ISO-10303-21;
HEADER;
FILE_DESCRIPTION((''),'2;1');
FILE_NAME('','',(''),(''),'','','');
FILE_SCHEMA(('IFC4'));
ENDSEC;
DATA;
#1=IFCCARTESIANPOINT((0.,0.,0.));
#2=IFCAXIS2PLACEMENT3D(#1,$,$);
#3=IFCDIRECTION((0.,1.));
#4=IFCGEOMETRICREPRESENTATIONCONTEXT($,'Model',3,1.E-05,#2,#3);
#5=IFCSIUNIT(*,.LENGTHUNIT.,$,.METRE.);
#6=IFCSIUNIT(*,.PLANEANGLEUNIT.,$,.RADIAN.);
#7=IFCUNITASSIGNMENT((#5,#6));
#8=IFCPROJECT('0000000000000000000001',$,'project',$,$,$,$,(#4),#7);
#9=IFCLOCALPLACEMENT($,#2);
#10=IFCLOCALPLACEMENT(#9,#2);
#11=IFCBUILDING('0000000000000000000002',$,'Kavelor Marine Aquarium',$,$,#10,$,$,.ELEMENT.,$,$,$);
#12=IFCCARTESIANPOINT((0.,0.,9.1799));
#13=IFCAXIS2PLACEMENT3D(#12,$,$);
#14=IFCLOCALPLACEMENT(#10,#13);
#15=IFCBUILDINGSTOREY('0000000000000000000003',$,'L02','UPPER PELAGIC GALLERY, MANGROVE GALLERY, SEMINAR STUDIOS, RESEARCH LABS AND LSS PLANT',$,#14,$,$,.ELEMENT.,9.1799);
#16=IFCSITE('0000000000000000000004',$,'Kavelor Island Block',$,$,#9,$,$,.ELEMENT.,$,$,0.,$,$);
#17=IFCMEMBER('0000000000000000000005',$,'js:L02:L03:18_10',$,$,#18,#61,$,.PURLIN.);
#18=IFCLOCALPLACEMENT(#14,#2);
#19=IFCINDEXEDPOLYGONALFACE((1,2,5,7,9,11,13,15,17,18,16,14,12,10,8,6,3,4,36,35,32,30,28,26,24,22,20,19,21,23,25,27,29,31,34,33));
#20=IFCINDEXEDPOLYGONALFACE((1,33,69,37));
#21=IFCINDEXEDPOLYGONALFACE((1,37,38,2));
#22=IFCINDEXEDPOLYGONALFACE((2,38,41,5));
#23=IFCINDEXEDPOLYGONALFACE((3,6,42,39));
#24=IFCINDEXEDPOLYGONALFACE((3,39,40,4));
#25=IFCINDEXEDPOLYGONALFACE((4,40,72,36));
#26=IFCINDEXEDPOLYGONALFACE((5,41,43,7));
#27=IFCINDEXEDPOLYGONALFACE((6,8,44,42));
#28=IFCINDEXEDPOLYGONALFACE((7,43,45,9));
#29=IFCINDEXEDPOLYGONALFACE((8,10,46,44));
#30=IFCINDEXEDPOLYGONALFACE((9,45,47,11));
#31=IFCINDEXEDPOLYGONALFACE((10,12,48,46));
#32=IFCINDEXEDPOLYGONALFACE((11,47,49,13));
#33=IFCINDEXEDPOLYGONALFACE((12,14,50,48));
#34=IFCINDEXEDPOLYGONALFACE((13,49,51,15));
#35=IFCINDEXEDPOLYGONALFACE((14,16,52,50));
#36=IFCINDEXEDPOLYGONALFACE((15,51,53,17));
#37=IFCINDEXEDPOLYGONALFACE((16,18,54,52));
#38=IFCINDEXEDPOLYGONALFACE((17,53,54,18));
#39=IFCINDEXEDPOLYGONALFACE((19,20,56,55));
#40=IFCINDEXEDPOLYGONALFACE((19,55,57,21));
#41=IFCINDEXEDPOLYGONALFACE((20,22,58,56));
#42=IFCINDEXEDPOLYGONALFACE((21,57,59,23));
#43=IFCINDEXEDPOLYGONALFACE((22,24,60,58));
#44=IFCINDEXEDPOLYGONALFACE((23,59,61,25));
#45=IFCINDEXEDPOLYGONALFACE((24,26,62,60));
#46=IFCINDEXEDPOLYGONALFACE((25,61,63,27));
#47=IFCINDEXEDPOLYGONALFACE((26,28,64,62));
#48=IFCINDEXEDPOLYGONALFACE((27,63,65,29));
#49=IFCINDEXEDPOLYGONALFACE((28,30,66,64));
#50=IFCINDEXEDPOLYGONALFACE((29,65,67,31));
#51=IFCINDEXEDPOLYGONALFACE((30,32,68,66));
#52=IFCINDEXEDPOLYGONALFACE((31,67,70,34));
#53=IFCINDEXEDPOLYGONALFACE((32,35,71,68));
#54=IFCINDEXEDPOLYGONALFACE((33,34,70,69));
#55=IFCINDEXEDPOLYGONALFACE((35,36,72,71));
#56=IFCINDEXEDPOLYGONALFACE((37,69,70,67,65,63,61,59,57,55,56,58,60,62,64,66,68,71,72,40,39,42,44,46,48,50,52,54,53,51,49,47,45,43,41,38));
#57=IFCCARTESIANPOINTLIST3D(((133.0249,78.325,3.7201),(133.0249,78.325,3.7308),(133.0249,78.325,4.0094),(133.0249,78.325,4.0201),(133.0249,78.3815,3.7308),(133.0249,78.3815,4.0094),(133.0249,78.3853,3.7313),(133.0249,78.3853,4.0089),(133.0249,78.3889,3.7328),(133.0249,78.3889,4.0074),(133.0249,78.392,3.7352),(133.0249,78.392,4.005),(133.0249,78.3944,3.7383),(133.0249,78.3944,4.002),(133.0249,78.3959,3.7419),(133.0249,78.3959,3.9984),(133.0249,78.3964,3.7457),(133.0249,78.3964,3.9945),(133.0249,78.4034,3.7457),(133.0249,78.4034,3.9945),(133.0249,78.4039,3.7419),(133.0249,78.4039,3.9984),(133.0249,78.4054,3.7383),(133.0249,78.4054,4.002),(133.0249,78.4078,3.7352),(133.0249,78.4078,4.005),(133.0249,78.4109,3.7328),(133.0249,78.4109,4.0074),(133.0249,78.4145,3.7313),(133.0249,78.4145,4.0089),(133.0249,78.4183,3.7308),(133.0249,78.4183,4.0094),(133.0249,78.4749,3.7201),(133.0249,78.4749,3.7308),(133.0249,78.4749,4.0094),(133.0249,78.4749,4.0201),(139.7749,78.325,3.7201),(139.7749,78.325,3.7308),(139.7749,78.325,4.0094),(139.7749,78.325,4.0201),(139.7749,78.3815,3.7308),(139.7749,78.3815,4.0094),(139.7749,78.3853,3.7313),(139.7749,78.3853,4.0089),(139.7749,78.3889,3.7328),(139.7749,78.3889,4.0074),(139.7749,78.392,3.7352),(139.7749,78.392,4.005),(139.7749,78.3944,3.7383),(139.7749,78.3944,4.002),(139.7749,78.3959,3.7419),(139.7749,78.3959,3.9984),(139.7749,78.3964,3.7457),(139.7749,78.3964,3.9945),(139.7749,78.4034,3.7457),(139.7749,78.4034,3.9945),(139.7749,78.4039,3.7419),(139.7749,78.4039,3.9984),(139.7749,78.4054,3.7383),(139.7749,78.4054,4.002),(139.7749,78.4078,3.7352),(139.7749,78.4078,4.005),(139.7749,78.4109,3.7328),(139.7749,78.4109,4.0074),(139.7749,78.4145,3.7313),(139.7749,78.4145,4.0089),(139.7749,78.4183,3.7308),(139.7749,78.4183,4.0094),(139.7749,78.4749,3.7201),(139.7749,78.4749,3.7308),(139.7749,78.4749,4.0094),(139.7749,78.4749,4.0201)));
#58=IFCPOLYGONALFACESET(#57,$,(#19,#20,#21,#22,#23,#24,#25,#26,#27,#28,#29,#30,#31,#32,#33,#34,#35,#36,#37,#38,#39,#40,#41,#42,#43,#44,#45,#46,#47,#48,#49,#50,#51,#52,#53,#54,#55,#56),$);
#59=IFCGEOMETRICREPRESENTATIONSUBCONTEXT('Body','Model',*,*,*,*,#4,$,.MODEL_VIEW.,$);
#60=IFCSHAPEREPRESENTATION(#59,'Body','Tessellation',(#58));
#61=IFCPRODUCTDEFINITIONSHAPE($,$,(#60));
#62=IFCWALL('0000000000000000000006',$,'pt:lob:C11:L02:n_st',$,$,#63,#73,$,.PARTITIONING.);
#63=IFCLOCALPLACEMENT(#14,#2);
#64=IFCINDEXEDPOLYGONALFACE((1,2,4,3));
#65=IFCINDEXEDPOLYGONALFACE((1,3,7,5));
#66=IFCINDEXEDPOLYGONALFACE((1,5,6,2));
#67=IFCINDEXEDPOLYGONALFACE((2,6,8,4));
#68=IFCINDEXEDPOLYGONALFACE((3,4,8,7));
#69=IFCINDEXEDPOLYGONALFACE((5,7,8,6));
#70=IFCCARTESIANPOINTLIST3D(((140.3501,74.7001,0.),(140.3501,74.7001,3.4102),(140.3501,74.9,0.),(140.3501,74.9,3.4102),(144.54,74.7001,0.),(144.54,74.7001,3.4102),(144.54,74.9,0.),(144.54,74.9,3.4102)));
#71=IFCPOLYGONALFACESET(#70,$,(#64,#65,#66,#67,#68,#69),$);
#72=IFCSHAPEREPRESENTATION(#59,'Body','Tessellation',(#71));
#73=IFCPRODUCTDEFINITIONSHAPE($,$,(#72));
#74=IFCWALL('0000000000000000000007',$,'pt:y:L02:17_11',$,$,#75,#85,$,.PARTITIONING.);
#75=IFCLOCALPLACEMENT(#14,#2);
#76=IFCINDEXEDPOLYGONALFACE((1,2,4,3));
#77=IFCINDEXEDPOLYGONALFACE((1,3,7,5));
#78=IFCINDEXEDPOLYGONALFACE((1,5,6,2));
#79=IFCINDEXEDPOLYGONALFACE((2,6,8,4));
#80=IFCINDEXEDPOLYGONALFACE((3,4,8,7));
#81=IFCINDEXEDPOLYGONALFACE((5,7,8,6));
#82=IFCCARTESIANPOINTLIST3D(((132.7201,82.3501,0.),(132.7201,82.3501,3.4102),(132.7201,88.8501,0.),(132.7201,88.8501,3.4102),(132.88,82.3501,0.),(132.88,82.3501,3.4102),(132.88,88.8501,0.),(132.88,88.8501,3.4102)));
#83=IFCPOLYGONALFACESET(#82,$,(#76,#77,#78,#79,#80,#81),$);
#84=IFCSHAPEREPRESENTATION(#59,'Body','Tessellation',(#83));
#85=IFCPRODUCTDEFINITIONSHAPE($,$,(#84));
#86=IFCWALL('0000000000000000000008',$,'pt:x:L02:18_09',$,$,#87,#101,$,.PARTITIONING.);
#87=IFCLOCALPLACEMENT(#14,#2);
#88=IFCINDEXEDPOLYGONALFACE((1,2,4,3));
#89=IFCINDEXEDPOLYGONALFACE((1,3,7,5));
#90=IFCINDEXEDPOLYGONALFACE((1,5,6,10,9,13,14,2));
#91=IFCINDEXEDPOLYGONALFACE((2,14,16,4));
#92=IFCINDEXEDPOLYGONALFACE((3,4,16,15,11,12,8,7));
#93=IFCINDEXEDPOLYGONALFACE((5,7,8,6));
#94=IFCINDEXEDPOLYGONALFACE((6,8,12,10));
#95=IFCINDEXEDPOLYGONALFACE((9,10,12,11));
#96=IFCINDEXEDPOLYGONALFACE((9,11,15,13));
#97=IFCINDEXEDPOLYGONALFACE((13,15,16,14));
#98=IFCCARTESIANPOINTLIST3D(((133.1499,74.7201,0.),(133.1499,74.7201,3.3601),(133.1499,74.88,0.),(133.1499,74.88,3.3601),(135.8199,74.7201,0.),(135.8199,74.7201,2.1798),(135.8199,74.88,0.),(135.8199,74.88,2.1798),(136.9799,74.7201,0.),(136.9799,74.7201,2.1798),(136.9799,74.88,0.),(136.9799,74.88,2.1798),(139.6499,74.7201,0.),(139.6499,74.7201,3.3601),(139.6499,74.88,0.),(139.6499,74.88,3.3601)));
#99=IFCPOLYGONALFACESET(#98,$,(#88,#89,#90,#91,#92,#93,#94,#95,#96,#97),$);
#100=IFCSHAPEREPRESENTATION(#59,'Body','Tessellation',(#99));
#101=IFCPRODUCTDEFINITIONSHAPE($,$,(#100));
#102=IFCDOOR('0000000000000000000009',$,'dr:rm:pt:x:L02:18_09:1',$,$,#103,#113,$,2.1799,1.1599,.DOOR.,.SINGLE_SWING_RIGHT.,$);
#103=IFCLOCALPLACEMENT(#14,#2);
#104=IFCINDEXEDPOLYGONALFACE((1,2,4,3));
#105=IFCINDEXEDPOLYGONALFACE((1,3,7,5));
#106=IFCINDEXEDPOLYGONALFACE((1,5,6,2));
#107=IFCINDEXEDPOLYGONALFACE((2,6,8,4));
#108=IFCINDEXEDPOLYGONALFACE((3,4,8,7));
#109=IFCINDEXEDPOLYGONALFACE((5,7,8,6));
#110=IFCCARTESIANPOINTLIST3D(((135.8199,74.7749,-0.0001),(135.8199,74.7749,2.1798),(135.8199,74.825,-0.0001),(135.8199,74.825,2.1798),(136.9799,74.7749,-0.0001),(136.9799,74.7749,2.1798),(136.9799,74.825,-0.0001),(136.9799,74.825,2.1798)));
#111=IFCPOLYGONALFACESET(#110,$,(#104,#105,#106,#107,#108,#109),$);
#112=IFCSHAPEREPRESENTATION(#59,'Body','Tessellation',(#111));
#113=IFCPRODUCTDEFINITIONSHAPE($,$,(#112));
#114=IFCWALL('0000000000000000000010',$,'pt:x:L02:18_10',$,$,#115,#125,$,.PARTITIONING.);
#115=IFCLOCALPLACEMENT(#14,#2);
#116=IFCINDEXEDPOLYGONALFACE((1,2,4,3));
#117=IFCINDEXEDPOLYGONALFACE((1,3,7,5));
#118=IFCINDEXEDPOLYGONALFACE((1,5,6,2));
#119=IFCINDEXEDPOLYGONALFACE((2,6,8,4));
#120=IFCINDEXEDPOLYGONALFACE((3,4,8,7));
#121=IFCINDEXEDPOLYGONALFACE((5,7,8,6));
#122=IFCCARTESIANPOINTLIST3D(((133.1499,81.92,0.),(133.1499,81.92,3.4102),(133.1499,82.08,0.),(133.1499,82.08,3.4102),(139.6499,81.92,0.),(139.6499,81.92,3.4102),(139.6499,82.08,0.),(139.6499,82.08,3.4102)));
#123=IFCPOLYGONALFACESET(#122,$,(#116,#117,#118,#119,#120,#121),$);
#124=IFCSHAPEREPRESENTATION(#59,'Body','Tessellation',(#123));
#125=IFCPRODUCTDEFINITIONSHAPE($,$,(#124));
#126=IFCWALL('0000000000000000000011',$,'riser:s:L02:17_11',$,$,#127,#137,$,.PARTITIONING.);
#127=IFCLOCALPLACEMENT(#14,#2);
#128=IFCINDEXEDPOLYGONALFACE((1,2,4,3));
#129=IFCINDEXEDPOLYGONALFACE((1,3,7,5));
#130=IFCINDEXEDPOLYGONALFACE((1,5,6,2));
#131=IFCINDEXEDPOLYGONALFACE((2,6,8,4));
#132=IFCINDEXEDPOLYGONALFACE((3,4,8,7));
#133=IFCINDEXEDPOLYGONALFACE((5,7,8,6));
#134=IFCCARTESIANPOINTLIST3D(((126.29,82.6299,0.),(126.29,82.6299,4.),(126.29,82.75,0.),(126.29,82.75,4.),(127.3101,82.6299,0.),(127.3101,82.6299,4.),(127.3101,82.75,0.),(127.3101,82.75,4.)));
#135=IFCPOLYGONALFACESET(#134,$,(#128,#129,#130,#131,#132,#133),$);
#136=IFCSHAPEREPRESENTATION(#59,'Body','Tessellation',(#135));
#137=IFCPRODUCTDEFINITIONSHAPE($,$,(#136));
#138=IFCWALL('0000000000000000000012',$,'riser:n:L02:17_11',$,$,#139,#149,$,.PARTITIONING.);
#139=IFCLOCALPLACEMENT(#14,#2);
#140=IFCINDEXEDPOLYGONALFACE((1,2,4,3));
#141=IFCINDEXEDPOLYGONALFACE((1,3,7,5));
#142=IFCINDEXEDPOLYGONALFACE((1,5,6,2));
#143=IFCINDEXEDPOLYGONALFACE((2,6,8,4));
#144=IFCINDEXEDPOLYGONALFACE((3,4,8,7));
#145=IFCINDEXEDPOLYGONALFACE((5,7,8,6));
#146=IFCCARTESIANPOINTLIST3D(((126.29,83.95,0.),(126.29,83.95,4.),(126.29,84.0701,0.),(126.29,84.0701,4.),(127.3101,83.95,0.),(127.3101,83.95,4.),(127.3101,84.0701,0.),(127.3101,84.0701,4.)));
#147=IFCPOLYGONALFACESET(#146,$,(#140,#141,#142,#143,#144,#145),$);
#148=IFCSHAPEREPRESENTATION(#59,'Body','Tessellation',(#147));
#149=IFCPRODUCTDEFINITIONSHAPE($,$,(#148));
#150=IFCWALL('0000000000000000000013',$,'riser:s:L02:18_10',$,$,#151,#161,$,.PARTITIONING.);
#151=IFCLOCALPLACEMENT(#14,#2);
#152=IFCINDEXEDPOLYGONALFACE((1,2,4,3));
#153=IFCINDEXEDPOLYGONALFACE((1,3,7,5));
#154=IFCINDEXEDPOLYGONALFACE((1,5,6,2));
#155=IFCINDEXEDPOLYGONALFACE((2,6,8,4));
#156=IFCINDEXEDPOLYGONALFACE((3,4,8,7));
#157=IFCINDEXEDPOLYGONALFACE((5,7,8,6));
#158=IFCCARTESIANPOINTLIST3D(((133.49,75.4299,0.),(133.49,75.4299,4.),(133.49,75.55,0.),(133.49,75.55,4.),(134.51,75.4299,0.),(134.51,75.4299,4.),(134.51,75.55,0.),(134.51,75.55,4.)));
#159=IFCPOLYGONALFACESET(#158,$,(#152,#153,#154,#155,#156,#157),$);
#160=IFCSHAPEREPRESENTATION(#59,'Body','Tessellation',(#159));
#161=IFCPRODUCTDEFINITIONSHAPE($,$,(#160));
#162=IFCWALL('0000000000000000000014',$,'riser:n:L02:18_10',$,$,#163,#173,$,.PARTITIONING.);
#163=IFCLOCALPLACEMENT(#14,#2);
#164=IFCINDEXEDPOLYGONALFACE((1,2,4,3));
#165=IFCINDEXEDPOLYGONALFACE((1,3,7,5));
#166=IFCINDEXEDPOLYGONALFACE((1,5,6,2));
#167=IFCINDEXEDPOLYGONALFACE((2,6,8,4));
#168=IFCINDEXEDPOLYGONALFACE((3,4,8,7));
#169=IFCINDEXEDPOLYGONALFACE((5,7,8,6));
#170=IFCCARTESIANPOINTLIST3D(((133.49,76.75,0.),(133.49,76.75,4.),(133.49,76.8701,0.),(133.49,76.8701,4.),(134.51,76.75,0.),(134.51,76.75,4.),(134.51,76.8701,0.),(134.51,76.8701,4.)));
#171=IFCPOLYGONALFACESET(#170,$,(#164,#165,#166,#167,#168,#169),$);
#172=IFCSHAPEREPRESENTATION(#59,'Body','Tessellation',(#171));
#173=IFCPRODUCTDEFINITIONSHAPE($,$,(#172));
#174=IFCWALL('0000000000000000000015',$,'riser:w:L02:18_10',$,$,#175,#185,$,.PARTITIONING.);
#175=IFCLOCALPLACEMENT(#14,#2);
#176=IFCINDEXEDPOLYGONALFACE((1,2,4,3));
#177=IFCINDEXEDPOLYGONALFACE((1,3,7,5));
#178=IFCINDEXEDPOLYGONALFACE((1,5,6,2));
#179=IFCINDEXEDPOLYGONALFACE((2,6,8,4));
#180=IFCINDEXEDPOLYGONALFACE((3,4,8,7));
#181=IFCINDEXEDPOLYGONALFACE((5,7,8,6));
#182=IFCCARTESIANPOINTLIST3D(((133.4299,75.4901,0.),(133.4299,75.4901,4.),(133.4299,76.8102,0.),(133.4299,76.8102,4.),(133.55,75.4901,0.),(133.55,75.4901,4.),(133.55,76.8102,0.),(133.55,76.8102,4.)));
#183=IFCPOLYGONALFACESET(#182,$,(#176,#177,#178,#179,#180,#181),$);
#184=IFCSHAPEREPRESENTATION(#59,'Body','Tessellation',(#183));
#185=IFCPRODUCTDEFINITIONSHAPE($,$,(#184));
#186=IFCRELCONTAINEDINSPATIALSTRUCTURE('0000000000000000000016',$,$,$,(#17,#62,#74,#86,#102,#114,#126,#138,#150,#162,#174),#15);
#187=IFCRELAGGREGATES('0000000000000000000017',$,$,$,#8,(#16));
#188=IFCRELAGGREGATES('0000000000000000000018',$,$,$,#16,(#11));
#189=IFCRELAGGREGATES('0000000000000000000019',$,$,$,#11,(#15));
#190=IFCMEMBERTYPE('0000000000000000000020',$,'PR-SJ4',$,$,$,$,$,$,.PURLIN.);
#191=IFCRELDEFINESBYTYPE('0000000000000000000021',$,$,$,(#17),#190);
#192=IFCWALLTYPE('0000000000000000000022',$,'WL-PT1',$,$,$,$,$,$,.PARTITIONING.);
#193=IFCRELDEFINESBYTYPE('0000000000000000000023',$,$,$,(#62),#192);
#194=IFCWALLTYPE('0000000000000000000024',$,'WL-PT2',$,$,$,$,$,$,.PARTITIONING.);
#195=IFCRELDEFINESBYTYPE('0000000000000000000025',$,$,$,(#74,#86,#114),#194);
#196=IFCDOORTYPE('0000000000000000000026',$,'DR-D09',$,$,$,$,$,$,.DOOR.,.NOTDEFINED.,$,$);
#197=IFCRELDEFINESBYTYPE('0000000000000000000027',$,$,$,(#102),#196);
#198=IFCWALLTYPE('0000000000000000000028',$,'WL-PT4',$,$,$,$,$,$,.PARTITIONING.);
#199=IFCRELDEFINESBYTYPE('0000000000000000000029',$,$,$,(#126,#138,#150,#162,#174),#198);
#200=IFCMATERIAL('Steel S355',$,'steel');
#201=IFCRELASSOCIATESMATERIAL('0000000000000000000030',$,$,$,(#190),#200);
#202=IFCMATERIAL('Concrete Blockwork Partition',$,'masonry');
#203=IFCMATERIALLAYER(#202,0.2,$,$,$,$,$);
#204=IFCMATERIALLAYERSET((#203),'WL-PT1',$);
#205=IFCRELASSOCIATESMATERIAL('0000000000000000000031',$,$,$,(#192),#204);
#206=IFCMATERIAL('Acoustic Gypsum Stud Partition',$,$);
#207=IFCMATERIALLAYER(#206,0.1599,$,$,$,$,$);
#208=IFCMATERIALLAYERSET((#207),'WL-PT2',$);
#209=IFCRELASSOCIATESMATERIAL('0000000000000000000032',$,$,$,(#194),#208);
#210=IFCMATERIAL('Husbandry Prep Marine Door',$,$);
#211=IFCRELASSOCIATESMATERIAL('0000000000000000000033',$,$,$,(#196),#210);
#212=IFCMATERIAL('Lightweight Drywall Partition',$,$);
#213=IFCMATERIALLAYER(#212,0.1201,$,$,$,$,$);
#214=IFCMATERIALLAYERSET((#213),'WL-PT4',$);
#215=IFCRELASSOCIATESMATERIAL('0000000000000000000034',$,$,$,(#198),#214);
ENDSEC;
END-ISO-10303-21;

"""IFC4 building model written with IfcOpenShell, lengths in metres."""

from ifc_helpers import new_model, si_unit, direction, frame, frame_2d, origin, origin_2d, place, context, subcontext, project, spatial, rectangle, i_section, extrude, material, layer, layer_set, material_profile, profile_set, type_object, element, fill, save


model = new_model("IFC4")

# Units and contexts
model_context = context("Model", 3, precision=1e-05, world=origin(), true_north=direction((0.0, 1.0)))
body_context = subcontext(model_context, "Body", "Model", "MODEL_VIEW")
ifc_project = project(units=[si_unit("LENGTHUNIT", "METRE"), si_unit("PLANEANGLEUNIT", "RADIAN")], contexts=[model_context])

# Site, building, storey
site_placement = place(None, origin())
site = spatial("IfcSite", under=ifc_project, at=site_placement, Name="Kavelor Island Block", CompositionType="ELEMENT", RefElevation=0.0)
building_placement = place(site_placement, origin())
building = spatial("IfcBuilding", under=site, at=building_placement, Name="Kavelor Marine Aquarium", CompositionType="ELEMENT")
storey_placement = place(building_placement, frame((0.0, 0.0, 9.1799)))
storey = spatial("IfcBuildingStorey", under=building, at=storey_placement, Name="L02", Description="UPPER PELAGIC GALLERY, MANGROVE GALLERY, SEMINAR STUDIOS, RESEARCH LABS AND LSS PLANT", CompositionType="ELEMENT", Elevation=9.1799)

# Member
ifc_material_1 = material(Name="Steel S355", Category="steel")
ifc_material_profile_1 = material_profile(ifc_material_1, i_section(OverallWidth=0.1499, OverallDepth=0.3, WebThickness=0.0071, FlangeThickness=0.0107, FilletRadius=0.0149, at=origin_2d()), Name="IPE 300")
ifc_profile_set_1 = profile_set([ifc_material_profile_1], Name="Steel S355")
member_type_1 = type_object("IfcMemberType", Name="PR-SJ4", PredefinedType="PURLIN", material=ifc_profile_set_1)
member_1_placement = place(storey_placement, frame((133.0249, 78.3999, 3.8701), z_axis=(1.0, 0.0, 0.0), x_axis=(0.0, 1.0, 0.0)))
element("IfcMember", 1, at=member_1_placement, inside=storey, type_object=member_type_1, Name="js:L02:L03:18_10", PredefinedType="PURLIN", context=body_context, shape_type="SweptSolid", body=[
    extrude(i_section(OverallWidth=0.1499, OverallDepth=0.3, WebThickness=0.0071, FlangeThickness=0.0107, FilletRadius=0.0149, at=origin_2d()), origin(), (0.0, 0.0, 1.0), 6.75),
])

# Walls
ifc_material_2 = material(Name="Concrete Blockwork Partition", Category="masonry")
ifc_layer_1 = layer(ifc_material_2, 0.2)
ifc_layer_set_1 = layer_set([ifc_layer_1], Name="WL-PT1")
wall_type_1 = type_object("IfcWallType", Name="WL-PT1", PredefinedType="PARTITIONING", material=ifc_layer_set_1)
wall_1_placement = place(storey_placement, frame((140.3501, 74.8, 0.0), z_axis=(0.0, 0.0, 1.0), x_axis=(1.0, 0.0, 0.0)))
element("IfcWall", 2, at=wall_1_placement, inside=storey, type_object=wall_type_1, Name="pt:lob:C11:L02:n_st", PredefinedType="PARTITIONING", context=body_context, shape_type="SweptSolid", body=[
    extrude(rectangle(XDim=4.1899, YDim=0.2, at=frame_2d((2.095, 0.0))), origin(), (0.0, 0.0, 1.0), 3.4102),
])
ifc_material_3 = material(Name="Acoustic Gypsum Stud Partition")
ifc_layer_2 = layer(ifc_material_3, 0.1599)
ifc_layer_set_2 = layer_set([ifc_layer_2], Name="WL-PT2")
wall_type_2 = type_object("IfcWallType", Name="WL-PT2", PredefinedType="PARTITIONING", material=ifc_layer_set_2)
wall_2_placement = place(storey_placement, frame((132.8, 82.3501, 0.0), z_axis=(0.0, 0.0, 1.0), x_axis=(0.0, 1.0, 0.0)))
element("IfcWall", 3, at=wall_2_placement, inside=storey, type_object=wall_type_2, Name="pt:y:L02:17_11", PredefinedType="PARTITIONING", context=body_context, shape_type="SweptSolid", body=[
    extrude(rectangle(XDim=6.5, YDim=0.1599, at=frame_2d((3.25, 0.0))), origin(), (0.0, 0.0, 1.0), 3.4102),
])

# Wall, opening, door
wall_3_placement = place(storey_placement, frame((133.1499, 74.8, 0.0), z_axis=(0.0, 0.0, 1.0), x_axis=(1.0, 0.0, 0.0)))
wall_3 = element("IfcWall", 4, at=wall_3_placement, inside=storey, type_object=wall_type_2, Name="pt:x:L02:18_09", PredefinedType="PARTITIONING", context=body_context, shape_type="SweptSolid", body=[
    extrude(rectangle(XDim=6.5, YDim=0.1599, at=frame_2d((3.25, 0.0))), origin(), (0.0, 0.0, 1.0), 3.3601),
])
opening_placement = place(wall_3_placement, frame((2.6699, 0.0, 0.0)))
opening = element("IfcOpeningElement", 5, at=opening_placement, cuts=wall_3, PredefinedType="OPENING", context=body_context, shape_type="SweptSolid", body=[
    extrude(rectangle(XDim=1.1599, YDim=2.1799, at=frame_2d((0.5801, 1.0898))), frame((0.0, 0.0898, 0.0), z_axis=(0.0, -1.0, 0.0), x_axis=(1.0, 0.0, 0.0)), (0.0, 0.0, 1.0), 0.1799),
])
ifc_material_4 = material(Name="Husbandry Prep Marine Door")
door_type = type_object("IfcDoorType", Name="DR-D09", OperationType="NOTDEFINED", PredefinedType="DOOR", material=ifc_material_4)
door_placement = place(opening_placement, origin())
door = element("IfcDoor", 6, at=door_placement, inside=storey, type_object=door_type, Name="dr:rm:pt:x:L02:18_09:1", OperationType="SINGLE_SWING_RIGHT", OverallHeight=2.1799, OverallWidth=1.1599, PredefinedType="DOOR", context=body_context, shape_type="SweptSolid", body=[
    extrude(rectangle(XDim=1.1599, YDim=2.1799, at=frame_2d((0.5801, 1.0898))), frame((0.0, 0.0249, 0.0), z_axis=(0.0, -1.0, 0.0), x_axis=(1.0, 0.0, 0.0)), (0.0, 0.0, 1.0), 0.05),
])
fill(opening, door)

# Walls
wall_4_placement = place(storey_placement, frame((133.1499, 82.0, 0.0), z_axis=(0.0, 0.0, 1.0), x_axis=(1.0, 0.0, 0.0)))
element("IfcWall", 7, at=wall_4_placement, inside=storey, type_object=wall_type_2, Name="pt:x:L02:18_10", PredefinedType="PARTITIONING", context=body_context, shape_type="SweptSolid", body=[
    extrude(rectangle(XDim=6.5, YDim=0.1599, at=frame_2d((3.25, 0.0))), origin(), (0.0, 0.0, 1.0), 3.4102),
])
ifc_material_5 = material(Name="Lightweight Drywall Partition")
ifc_layer_3 = layer(ifc_material_5, 0.1201)
ifc_layer_set_3 = layer_set([ifc_layer_3], Name="WL-PT4")
wall_type_3 = type_object("IfcWallType", Name="WL-PT4", PredefinedType="PARTITIONING", material=ifc_layer_set_3)
for number, where, z_axis, x_axis, name in (
    (8, (126.29, 82.6899, 0.0), (0.0, 0.0, 1.0), (1.0, 0.0, 0.0), "riser:s:L02:17_11"),
    (9, (126.29, 84.01, 0.0), (0.0, 0.0, 1.0), (1.0, 0.0, 0.0), "riser:n:L02:17_11"),
):
    element("IfcWall", number, at=place(storey_placement, frame(where, z_axis=z_axis, x_axis=x_axis)), inside=storey, type_object=wall_type_3, Name=name, PredefinedType="PARTITIONING", context=body_context, shape_type="SweptSolid", body=[
        extrude(rectangle(XDim=1.02, YDim=0.1201, at=frame_2d((0.51, 0.0))), origin(), (0.0, 0.0, 1.0), 4.0),
    ])
for number, where, z_axis, x_axis, name in (
    (10, (133.49, 75.49, 0.0), (0.0, 0.0, 1.0), (1.0, 0.0, 0.0), "riser:s:L02:18_10"),
    (11, (133.49, 76.8101, 0.0), (0.0, 0.0, 1.0), (1.0, 0.0, 0.0), "riser:n:L02:18_10"),
):
    element("IfcWall", number, at=place(storey_placement, frame(where, z_axis=z_axis, x_axis=x_axis)), inside=storey, type_object=wall_type_3, Name=name, PredefinedType="PARTITIONING", context=body_context, shape_type="SweptSolid", body=[
        extrude(rectangle(XDim=1.02, YDim=0.1201, at=frame_2d((0.51, 0.0))), origin(), (0.0, 0.0, 1.0), 4.0),
    ])
for number, where, z_axis, x_axis, name in (
    (12, (133.49, 75.49, 0.0), (0.0, 0.0, 1.0), (0.0, 1.0, 0.0), "riser:w:L02:18_10"),
):
    element("IfcWall", number, at=place(storey_placement, frame(where, z_axis=z_axis, x_axis=x_axis)), inside=storey, type_object=wall_type_3, Name=name, PredefinedType="PARTITIONING", context=body_context, shape_type="SweptSolid", body=[
        extrude(rectangle(XDim=1.3201, YDim=0.1201, at=frame_2d((0.6602, 0.0))), origin(), (0.0, 0.0, 1.0), 4.0),
    ])

save(model, "model.ifc")
